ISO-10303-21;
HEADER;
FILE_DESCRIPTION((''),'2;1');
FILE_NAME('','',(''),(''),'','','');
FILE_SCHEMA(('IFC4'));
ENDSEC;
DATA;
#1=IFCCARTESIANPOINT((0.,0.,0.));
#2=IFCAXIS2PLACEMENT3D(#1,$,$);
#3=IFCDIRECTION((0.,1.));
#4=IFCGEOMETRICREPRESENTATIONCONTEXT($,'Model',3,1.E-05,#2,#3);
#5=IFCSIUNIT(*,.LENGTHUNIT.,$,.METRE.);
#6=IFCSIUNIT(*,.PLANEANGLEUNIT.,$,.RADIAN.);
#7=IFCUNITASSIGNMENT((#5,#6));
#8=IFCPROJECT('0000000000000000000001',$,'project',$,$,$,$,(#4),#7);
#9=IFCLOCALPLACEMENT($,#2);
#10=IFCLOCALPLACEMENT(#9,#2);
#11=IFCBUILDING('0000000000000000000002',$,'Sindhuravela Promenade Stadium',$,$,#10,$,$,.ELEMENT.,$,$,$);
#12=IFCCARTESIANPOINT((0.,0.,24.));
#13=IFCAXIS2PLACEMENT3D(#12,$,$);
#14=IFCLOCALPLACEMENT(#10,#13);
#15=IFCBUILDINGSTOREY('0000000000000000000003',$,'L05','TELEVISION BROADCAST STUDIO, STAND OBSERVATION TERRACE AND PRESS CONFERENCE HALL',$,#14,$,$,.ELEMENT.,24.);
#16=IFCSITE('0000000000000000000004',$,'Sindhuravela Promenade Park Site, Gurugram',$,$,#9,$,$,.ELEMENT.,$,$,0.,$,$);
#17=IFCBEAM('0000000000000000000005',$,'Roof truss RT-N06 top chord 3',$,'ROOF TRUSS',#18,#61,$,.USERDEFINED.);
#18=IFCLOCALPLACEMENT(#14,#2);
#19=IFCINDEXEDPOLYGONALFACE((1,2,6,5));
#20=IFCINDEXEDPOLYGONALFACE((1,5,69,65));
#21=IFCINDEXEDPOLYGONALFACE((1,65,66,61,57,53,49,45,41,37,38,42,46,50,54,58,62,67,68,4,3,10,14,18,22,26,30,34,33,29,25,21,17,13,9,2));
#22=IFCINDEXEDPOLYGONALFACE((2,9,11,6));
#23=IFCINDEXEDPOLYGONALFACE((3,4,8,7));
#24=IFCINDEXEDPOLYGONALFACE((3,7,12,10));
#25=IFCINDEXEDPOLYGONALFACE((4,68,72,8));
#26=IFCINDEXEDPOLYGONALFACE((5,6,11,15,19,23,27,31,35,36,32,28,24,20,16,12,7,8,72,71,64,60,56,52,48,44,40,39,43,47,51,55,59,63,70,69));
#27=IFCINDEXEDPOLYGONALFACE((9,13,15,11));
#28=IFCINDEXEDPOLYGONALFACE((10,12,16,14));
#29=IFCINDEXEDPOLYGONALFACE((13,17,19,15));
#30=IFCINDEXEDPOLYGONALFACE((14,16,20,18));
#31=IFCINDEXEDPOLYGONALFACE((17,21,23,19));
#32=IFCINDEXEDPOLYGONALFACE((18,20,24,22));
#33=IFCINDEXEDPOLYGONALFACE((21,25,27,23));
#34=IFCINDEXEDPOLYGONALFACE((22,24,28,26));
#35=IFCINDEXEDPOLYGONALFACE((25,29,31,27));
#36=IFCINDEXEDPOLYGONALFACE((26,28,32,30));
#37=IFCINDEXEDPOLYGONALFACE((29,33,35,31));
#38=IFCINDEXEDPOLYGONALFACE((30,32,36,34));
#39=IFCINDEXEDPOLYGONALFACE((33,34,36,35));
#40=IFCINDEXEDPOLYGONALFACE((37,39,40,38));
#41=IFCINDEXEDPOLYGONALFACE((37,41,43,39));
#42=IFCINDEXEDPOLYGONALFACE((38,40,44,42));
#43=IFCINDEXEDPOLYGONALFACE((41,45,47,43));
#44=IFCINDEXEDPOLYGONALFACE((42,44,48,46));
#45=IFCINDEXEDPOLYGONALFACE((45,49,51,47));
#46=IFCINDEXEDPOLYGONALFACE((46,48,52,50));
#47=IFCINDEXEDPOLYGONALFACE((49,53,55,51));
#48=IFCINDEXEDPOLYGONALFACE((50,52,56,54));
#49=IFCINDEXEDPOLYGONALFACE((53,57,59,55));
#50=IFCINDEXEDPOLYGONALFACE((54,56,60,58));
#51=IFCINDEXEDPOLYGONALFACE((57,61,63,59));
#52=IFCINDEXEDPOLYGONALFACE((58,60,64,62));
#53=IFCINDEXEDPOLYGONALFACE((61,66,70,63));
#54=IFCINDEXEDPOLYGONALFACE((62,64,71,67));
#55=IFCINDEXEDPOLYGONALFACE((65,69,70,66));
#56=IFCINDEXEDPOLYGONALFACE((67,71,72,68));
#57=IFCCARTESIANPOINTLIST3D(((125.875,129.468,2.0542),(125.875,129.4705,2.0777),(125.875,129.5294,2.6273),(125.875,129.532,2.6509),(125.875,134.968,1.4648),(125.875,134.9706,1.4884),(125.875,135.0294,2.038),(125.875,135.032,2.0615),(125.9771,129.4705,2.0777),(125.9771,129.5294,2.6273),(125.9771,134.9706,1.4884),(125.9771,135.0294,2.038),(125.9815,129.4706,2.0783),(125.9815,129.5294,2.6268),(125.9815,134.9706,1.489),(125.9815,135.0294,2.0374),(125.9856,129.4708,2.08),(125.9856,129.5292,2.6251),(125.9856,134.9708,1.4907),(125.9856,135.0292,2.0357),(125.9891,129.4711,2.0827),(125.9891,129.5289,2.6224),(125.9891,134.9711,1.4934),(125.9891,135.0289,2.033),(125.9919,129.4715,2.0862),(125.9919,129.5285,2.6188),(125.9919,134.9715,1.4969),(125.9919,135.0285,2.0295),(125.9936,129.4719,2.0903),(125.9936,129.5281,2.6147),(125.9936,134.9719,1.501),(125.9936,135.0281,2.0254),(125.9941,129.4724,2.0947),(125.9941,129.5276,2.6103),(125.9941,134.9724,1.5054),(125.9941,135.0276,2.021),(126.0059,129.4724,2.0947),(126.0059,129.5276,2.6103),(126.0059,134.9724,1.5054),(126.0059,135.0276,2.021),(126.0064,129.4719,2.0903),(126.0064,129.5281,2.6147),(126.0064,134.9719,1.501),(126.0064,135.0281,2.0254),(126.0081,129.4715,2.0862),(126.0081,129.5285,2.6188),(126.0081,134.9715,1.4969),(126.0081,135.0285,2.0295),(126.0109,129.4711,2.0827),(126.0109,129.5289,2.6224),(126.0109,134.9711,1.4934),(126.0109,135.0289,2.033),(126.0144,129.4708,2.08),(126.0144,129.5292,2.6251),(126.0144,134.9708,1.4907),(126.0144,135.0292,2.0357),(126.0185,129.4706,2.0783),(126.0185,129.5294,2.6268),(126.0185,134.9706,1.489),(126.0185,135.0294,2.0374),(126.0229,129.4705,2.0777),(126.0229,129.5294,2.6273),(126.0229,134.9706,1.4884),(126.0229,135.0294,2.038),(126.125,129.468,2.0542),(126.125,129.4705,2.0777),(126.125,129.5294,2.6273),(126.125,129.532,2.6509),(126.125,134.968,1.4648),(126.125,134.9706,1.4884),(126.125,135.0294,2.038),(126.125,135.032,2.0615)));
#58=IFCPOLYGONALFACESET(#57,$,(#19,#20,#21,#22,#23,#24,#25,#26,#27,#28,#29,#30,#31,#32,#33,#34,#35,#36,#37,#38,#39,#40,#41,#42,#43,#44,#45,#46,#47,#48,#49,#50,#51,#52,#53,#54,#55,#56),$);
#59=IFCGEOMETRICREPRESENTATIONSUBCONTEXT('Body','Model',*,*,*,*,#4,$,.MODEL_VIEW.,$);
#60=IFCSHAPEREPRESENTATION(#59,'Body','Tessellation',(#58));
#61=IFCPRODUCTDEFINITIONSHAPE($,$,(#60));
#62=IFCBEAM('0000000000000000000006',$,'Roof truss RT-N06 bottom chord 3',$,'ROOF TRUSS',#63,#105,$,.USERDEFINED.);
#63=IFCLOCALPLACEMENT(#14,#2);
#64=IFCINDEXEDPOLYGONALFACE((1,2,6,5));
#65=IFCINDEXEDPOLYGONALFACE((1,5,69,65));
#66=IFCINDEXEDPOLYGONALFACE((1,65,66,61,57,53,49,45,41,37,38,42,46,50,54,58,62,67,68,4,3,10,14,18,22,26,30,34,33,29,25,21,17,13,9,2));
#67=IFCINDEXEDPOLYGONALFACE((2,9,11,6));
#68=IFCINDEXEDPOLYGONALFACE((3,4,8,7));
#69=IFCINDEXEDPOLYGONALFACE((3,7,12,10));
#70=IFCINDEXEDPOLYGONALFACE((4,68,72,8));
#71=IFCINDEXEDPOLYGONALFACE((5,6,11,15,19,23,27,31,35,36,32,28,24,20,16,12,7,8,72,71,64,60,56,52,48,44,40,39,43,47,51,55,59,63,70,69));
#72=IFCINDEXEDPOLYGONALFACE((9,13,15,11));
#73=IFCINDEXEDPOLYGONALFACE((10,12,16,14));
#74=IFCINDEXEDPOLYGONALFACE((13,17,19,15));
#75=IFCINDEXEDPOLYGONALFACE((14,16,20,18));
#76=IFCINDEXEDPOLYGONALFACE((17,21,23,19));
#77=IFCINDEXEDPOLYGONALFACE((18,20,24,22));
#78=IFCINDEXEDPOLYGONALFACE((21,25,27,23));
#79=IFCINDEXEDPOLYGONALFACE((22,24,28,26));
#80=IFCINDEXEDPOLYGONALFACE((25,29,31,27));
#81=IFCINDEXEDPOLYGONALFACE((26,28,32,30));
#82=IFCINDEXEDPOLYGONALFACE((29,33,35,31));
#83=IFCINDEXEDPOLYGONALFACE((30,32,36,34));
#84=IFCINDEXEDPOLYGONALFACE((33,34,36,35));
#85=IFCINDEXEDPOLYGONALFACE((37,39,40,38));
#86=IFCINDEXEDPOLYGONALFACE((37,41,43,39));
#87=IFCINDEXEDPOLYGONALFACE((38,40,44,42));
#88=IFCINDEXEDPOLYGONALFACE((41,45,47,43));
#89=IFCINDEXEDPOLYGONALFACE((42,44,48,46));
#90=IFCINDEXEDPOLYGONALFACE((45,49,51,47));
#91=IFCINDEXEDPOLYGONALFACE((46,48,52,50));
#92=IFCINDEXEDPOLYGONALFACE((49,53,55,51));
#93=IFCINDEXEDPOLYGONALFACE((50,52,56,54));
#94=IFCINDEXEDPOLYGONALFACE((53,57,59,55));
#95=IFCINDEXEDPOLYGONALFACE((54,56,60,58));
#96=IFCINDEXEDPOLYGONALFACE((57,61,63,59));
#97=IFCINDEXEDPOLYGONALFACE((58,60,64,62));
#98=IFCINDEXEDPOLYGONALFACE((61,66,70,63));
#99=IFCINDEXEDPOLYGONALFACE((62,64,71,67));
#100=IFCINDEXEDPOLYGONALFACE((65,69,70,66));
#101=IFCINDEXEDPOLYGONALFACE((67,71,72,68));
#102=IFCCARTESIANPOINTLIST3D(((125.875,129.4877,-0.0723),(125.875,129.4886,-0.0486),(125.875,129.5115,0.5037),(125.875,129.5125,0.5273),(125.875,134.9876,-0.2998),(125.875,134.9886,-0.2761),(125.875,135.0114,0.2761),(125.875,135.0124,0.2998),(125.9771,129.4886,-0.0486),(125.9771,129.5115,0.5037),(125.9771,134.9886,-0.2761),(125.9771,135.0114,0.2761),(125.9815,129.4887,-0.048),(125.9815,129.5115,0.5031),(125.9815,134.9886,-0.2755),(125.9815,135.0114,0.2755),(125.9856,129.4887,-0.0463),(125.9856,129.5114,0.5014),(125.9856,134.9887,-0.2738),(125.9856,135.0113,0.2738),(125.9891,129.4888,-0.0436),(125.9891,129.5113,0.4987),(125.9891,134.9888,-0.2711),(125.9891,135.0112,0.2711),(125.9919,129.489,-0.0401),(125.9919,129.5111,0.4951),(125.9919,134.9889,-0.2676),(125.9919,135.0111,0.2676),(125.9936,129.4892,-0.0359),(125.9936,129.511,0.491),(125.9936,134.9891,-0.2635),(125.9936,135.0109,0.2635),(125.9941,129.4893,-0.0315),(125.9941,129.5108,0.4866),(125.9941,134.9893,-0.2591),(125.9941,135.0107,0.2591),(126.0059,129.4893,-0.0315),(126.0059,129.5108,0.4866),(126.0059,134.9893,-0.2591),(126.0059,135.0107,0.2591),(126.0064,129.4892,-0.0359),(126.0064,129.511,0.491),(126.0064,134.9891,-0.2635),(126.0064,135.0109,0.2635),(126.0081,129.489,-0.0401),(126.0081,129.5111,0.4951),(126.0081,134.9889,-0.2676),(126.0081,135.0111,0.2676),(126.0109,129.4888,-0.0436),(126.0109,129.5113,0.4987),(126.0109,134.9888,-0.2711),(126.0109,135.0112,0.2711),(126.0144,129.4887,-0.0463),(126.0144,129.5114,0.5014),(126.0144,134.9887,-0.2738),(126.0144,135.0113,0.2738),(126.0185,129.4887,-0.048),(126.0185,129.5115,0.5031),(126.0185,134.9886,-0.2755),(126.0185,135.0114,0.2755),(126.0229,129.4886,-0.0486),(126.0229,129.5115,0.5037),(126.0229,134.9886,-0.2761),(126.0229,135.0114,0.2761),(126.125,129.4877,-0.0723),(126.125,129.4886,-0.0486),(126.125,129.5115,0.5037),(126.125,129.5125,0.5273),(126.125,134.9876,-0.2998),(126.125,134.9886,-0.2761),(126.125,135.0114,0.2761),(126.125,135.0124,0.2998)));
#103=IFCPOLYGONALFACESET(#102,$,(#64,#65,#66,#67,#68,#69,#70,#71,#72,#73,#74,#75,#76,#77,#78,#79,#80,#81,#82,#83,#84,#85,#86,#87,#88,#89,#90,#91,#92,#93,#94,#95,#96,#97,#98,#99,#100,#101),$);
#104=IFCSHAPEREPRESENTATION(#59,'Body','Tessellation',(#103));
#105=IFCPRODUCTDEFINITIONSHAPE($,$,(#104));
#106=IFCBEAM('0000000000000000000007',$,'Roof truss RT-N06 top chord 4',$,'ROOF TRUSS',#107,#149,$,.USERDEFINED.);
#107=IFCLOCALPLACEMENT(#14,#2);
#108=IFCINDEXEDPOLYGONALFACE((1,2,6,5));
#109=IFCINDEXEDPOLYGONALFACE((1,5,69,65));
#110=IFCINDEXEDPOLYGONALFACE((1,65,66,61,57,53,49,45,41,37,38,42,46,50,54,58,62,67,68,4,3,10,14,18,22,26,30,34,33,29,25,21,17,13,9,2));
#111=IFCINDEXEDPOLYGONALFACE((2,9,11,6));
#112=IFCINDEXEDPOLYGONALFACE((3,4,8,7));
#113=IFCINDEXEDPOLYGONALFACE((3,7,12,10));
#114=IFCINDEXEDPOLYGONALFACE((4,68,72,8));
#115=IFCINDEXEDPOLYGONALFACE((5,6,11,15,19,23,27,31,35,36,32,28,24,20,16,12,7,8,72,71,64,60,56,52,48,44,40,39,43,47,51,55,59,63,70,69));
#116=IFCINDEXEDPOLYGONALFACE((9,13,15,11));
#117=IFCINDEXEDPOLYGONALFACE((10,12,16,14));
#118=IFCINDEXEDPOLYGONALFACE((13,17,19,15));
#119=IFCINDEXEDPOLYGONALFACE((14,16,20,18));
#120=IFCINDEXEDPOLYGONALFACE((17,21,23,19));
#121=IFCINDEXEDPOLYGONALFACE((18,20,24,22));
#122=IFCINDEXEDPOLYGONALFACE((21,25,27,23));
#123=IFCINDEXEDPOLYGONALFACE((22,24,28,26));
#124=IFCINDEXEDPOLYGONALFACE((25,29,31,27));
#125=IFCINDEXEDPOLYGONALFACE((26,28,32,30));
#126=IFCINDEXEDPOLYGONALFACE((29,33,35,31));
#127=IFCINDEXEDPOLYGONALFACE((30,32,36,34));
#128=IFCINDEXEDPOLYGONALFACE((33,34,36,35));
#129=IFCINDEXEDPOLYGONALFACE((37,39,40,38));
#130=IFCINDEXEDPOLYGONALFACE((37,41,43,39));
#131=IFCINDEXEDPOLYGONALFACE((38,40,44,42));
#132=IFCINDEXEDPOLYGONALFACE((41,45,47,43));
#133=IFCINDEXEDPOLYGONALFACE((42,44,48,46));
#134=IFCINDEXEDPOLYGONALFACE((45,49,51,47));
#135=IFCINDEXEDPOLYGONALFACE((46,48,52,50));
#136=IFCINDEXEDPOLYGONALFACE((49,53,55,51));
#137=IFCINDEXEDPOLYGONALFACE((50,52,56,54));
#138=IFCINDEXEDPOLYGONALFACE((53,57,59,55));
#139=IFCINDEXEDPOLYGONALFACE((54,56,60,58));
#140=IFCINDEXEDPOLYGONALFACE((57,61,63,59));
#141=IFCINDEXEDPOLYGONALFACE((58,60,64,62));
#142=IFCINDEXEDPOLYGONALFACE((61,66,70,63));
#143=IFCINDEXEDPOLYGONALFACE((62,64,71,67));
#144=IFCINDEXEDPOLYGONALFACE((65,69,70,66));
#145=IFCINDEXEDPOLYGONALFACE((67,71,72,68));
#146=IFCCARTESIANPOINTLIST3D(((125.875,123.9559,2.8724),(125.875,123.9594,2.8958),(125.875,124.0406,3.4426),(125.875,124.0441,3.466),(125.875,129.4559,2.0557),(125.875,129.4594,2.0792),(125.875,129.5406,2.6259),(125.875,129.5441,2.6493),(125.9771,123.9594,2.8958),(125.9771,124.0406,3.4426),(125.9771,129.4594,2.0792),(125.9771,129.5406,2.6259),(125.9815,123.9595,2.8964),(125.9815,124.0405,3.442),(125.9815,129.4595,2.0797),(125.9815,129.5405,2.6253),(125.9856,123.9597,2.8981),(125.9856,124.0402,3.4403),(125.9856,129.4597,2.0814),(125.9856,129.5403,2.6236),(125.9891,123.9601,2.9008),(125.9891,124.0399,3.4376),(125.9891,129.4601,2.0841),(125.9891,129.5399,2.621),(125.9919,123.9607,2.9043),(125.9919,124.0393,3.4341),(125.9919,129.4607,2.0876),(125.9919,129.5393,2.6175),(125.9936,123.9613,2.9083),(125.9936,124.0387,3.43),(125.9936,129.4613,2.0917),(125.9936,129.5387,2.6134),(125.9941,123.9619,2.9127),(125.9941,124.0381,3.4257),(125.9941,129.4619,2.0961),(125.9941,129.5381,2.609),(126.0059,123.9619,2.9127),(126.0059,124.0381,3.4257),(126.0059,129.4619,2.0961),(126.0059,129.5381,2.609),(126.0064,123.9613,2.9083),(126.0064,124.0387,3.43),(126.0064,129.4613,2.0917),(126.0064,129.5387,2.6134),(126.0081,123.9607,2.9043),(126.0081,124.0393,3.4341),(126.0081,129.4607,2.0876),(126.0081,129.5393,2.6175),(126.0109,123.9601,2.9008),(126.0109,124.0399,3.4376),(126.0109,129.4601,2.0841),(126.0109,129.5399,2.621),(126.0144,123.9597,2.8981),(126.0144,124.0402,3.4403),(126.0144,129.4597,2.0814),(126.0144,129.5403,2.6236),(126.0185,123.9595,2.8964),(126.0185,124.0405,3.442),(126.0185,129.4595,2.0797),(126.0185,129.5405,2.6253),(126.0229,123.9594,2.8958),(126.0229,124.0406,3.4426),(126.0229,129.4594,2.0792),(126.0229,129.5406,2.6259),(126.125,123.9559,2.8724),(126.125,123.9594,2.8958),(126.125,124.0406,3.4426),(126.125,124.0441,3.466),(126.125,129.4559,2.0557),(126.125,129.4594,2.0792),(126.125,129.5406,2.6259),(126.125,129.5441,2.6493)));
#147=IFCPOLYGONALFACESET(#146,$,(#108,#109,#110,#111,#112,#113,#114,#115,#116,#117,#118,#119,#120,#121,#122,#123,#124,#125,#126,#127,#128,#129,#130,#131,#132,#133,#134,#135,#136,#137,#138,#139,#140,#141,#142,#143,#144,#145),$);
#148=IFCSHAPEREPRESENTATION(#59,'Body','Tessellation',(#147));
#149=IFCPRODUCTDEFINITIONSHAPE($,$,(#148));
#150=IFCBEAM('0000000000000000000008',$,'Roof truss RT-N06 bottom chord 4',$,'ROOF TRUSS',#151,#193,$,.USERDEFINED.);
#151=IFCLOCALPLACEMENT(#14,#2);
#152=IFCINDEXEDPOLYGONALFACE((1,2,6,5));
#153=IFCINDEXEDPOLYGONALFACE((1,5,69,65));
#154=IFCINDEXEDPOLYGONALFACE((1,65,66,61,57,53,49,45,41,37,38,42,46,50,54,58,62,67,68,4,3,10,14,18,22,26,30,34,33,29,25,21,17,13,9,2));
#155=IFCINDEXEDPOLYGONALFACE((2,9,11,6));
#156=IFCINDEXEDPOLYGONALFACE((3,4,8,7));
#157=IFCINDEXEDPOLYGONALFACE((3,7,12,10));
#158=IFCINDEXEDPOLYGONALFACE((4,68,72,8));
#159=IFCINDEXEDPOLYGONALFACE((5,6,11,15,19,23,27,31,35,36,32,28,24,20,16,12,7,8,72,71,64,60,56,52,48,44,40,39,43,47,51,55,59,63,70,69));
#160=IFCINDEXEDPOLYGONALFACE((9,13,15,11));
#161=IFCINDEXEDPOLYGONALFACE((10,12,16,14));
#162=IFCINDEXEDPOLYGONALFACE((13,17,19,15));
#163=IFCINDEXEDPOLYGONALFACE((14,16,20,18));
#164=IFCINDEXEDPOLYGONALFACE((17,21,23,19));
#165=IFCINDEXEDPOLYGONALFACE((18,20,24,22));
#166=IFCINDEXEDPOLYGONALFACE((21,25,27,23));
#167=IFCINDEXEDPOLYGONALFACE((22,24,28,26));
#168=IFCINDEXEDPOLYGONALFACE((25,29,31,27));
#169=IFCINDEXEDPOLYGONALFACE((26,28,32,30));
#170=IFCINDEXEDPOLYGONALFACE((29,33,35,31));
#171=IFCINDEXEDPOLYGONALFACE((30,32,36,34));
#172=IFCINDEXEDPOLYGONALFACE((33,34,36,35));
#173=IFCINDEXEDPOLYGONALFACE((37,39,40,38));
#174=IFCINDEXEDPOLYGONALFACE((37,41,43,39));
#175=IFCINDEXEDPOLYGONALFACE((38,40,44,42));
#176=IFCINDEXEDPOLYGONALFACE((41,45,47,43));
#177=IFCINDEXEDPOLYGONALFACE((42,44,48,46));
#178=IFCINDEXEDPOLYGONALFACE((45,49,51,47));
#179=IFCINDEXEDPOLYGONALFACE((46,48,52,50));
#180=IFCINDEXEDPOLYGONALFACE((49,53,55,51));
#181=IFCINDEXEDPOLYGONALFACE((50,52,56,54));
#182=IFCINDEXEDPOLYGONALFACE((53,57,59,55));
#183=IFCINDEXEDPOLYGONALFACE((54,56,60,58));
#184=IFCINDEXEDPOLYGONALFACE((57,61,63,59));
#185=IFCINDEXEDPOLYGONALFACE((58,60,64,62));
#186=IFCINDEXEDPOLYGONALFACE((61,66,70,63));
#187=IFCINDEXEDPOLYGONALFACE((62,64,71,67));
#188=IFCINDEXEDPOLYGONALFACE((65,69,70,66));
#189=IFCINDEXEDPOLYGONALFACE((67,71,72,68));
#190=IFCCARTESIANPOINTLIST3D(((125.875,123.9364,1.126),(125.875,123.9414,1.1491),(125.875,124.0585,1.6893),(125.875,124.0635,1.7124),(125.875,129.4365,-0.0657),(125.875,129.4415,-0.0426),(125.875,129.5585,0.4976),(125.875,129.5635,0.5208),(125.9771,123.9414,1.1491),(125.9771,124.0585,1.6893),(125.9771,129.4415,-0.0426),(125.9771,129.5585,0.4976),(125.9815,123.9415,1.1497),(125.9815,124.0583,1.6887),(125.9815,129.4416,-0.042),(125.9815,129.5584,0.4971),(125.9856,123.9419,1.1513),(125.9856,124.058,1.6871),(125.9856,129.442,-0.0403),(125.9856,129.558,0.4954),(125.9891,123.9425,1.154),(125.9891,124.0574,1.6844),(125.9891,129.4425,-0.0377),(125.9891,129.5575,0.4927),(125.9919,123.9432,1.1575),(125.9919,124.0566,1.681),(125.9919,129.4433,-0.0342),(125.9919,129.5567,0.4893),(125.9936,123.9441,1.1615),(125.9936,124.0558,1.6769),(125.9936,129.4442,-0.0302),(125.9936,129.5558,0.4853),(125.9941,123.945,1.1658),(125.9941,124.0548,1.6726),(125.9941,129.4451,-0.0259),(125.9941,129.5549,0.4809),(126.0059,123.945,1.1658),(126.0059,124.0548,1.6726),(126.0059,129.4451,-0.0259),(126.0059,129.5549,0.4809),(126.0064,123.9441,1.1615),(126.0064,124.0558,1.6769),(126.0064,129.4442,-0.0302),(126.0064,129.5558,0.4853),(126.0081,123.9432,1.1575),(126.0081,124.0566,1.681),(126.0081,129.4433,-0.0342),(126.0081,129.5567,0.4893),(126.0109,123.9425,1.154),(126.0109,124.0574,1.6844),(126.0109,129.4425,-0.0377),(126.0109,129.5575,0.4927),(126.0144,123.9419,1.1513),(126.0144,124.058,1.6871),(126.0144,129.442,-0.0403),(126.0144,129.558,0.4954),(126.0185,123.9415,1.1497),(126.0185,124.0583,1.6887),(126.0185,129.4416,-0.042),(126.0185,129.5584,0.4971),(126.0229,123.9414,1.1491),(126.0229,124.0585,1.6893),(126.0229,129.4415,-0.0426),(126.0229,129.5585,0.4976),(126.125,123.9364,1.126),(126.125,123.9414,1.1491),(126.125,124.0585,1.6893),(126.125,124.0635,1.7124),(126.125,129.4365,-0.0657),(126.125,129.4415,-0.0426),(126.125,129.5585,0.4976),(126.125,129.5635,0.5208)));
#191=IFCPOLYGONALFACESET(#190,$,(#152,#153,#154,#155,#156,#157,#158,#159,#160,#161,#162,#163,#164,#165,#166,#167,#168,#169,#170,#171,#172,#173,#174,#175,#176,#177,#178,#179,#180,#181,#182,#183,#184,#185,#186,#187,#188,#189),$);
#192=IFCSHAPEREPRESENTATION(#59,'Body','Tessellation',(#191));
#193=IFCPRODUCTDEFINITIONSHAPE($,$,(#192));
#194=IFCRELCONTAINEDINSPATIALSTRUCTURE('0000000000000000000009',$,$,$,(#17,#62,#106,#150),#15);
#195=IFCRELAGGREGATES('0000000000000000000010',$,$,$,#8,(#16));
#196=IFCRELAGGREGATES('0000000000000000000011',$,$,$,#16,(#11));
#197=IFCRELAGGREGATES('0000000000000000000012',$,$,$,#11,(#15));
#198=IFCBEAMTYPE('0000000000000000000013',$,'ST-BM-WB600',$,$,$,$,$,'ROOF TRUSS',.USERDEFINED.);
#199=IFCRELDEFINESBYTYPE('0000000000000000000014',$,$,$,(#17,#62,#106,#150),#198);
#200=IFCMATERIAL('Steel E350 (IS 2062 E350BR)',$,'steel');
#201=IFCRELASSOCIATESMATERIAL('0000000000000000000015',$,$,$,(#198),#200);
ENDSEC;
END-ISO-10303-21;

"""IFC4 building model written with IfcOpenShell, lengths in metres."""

from ifc_helpers import new_model, si_unit, direction, frame, origin, origin_2d, place, context, subcontext, project, spatial, i_section, extrude, material, material_profile, profile_set, type_object, element, save


model = new_model("IFC4")

# Units and contexts
model_context = context("Model", 3, precision=1e-05, world=origin(), true_north=direction((0.0, 1.0)))
body_context = subcontext(model_context, "Body", "Model", "MODEL_VIEW")
ifc_project = project(units=[si_unit("LENGTHUNIT", "METRE"), si_unit("PLANEANGLEUNIT", "RADIAN")], contexts=[model_context])

# Site, building, storey
site_placement = place(None, origin())
site = spatial("IfcSite", under=ifc_project, at=site_placement, Name="Sindhuravela Promenade Park Site, Gurugram", CompositionType="ELEMENT", RefElevation=0.0)
building_placement = place(site_placement, origin())
building = spatial("IfcBuilding", under=site, at=building_placement, Name="Sindhuravela Promenade Stadium", CompositionType="ELEMENT")
storey_placement = place(building_placement, frame((0.0, 0.0, 24.0)))
storey = spatial("IfcBuildingStorey", under=building, at=storey_placement, Name="L05", Description="TELEVISION BROADCAST STUDIO, STAND OBSERVATION TERRACE AND PRESS CONFERENCE HALL", CompositionType="ELEMENT", Elevation=24.0)

# Beams
ifc_material_1 = material(Name="Steel E350 (IS 2062 E350BR)", Category="steel")
ifc_material_profile_1 = material_profile(ifc_material_1, i_section(OverallWidth=0.25, OverallDepth=0.6001, WebThickness=0.0117, FlangeThickness=0.0237, FilletRadius=0.0171, at=origin_2d()), Name="ISWB 600")
ifc_profile_set_1 = profile_set([ifc_material_profile_1], Name="Steel E350 (IS 2062 E350BR)")
beam_type = type_object("IfcBeamType", Name="ST-BM-WB600", ElementType="ROOF TRUSS", PredefinedType="USERDEFINED", material=ifc_profile_set_1)
beam_1_placement = place(storey_placement, frame((126.0, 135.0, 1.7632), z_axis=(0.0, -0.994308, 0.106546), x_axis=(1.0, 0.0, 0.0)))
element("IfcBeam", 1, at=beam_1_placement, inside=storey, type_object=beam_type, Name="Roof truss RT-N06 top chord 3", ObjectType="ROOF TRUSS", PredefinedType="USERDEFINED", context=body_context, shape_type="SweptSolid", body=[
    extrude(i_section(OverallWidth=0.25, OverallDepth=0.6001, WebThickness=0.0117, FlangeThickness=0.0237, FilletRadius=0.0171, at=origin_2d()), origin(), (0.0, 0.0, 1.0), 5.5315),
])
beam_2_placement = place(storey_placement, frame((126.0, 135.0, 0.0), z_axis=(0.0, -0.999145, 0.041335), x_axis=(1.0, 0.0, 0.0)))
element("IfcBeam", 2, at=beam_2_placement, inside=storey, type_object=beam_type, Name="Roof truss RT-N06 bottom chord 3", ObjectType="ROOF TRUSS", PredefinedType="USERDEFINED", context=body_context, shape_type="SweptSolid", body=[
    extrude(i_section(OverallWidth=0.25, OverallDepth=0.6001, WebThickness=0.0117, FlangeThickness=0.0237, FilletRadius=0.0171, at=origin_2d()), origin(), (0.0, 0.0, 1.0), 5.5046),
])
beam_3_placement = place(storey_placement, frame((126.0, 129.5, 2.3525), z_axis=(0.0, -0.989156, 0.146872), x_axis=(1.0, 0.0, 0.0)))
element("IfcBeam", 3, at=beam_3_placement, inside=storey, type_object=beam_type, Name="Roof truss RT-N06 top chord 4", ObjectType="ROOF TRUSS", PredefinedType="USERDEFINED", context=body_context, shape_type="SweptSolid", body=[
    extrude(i_section(OverallWidth=0.25, OverallDepth=0.6001, WebThickness=0.0117, FlangeThickness=0.0237, FilletRadius=0.0171, at=origin_2d()), origin(), (0.0, 0.0, 1.0), 5.5603),
])
beam_4_placement = place(storey_placement, frame((126.0, 129.5, 0.2275), z_axis=(0.0, -0.977324, 0.211751), x_axis=(1.0, 0.0, 0.0)))
element("IfcBeam", 4, at=beam_4_placement, inside=storey, type_object=beam_type, Name="Roof truss RT-N06 bottom chord 4", ObjectType="ROOF TRUSS", PredefinedType="USERDEFINED", context=body_context, shape_type="SweptSolid", body=[
    extrude(i_section(OverallWidth=0.25, OverallDepth=0.6001, WebThickness=0.0117, FlangeThickness=0.0237, FilletRadius=0.0171, at=origin_2d()), origin(), (0.0, 0.0, 1.0), 5.6277),
])

save(model, "model.ifc")
